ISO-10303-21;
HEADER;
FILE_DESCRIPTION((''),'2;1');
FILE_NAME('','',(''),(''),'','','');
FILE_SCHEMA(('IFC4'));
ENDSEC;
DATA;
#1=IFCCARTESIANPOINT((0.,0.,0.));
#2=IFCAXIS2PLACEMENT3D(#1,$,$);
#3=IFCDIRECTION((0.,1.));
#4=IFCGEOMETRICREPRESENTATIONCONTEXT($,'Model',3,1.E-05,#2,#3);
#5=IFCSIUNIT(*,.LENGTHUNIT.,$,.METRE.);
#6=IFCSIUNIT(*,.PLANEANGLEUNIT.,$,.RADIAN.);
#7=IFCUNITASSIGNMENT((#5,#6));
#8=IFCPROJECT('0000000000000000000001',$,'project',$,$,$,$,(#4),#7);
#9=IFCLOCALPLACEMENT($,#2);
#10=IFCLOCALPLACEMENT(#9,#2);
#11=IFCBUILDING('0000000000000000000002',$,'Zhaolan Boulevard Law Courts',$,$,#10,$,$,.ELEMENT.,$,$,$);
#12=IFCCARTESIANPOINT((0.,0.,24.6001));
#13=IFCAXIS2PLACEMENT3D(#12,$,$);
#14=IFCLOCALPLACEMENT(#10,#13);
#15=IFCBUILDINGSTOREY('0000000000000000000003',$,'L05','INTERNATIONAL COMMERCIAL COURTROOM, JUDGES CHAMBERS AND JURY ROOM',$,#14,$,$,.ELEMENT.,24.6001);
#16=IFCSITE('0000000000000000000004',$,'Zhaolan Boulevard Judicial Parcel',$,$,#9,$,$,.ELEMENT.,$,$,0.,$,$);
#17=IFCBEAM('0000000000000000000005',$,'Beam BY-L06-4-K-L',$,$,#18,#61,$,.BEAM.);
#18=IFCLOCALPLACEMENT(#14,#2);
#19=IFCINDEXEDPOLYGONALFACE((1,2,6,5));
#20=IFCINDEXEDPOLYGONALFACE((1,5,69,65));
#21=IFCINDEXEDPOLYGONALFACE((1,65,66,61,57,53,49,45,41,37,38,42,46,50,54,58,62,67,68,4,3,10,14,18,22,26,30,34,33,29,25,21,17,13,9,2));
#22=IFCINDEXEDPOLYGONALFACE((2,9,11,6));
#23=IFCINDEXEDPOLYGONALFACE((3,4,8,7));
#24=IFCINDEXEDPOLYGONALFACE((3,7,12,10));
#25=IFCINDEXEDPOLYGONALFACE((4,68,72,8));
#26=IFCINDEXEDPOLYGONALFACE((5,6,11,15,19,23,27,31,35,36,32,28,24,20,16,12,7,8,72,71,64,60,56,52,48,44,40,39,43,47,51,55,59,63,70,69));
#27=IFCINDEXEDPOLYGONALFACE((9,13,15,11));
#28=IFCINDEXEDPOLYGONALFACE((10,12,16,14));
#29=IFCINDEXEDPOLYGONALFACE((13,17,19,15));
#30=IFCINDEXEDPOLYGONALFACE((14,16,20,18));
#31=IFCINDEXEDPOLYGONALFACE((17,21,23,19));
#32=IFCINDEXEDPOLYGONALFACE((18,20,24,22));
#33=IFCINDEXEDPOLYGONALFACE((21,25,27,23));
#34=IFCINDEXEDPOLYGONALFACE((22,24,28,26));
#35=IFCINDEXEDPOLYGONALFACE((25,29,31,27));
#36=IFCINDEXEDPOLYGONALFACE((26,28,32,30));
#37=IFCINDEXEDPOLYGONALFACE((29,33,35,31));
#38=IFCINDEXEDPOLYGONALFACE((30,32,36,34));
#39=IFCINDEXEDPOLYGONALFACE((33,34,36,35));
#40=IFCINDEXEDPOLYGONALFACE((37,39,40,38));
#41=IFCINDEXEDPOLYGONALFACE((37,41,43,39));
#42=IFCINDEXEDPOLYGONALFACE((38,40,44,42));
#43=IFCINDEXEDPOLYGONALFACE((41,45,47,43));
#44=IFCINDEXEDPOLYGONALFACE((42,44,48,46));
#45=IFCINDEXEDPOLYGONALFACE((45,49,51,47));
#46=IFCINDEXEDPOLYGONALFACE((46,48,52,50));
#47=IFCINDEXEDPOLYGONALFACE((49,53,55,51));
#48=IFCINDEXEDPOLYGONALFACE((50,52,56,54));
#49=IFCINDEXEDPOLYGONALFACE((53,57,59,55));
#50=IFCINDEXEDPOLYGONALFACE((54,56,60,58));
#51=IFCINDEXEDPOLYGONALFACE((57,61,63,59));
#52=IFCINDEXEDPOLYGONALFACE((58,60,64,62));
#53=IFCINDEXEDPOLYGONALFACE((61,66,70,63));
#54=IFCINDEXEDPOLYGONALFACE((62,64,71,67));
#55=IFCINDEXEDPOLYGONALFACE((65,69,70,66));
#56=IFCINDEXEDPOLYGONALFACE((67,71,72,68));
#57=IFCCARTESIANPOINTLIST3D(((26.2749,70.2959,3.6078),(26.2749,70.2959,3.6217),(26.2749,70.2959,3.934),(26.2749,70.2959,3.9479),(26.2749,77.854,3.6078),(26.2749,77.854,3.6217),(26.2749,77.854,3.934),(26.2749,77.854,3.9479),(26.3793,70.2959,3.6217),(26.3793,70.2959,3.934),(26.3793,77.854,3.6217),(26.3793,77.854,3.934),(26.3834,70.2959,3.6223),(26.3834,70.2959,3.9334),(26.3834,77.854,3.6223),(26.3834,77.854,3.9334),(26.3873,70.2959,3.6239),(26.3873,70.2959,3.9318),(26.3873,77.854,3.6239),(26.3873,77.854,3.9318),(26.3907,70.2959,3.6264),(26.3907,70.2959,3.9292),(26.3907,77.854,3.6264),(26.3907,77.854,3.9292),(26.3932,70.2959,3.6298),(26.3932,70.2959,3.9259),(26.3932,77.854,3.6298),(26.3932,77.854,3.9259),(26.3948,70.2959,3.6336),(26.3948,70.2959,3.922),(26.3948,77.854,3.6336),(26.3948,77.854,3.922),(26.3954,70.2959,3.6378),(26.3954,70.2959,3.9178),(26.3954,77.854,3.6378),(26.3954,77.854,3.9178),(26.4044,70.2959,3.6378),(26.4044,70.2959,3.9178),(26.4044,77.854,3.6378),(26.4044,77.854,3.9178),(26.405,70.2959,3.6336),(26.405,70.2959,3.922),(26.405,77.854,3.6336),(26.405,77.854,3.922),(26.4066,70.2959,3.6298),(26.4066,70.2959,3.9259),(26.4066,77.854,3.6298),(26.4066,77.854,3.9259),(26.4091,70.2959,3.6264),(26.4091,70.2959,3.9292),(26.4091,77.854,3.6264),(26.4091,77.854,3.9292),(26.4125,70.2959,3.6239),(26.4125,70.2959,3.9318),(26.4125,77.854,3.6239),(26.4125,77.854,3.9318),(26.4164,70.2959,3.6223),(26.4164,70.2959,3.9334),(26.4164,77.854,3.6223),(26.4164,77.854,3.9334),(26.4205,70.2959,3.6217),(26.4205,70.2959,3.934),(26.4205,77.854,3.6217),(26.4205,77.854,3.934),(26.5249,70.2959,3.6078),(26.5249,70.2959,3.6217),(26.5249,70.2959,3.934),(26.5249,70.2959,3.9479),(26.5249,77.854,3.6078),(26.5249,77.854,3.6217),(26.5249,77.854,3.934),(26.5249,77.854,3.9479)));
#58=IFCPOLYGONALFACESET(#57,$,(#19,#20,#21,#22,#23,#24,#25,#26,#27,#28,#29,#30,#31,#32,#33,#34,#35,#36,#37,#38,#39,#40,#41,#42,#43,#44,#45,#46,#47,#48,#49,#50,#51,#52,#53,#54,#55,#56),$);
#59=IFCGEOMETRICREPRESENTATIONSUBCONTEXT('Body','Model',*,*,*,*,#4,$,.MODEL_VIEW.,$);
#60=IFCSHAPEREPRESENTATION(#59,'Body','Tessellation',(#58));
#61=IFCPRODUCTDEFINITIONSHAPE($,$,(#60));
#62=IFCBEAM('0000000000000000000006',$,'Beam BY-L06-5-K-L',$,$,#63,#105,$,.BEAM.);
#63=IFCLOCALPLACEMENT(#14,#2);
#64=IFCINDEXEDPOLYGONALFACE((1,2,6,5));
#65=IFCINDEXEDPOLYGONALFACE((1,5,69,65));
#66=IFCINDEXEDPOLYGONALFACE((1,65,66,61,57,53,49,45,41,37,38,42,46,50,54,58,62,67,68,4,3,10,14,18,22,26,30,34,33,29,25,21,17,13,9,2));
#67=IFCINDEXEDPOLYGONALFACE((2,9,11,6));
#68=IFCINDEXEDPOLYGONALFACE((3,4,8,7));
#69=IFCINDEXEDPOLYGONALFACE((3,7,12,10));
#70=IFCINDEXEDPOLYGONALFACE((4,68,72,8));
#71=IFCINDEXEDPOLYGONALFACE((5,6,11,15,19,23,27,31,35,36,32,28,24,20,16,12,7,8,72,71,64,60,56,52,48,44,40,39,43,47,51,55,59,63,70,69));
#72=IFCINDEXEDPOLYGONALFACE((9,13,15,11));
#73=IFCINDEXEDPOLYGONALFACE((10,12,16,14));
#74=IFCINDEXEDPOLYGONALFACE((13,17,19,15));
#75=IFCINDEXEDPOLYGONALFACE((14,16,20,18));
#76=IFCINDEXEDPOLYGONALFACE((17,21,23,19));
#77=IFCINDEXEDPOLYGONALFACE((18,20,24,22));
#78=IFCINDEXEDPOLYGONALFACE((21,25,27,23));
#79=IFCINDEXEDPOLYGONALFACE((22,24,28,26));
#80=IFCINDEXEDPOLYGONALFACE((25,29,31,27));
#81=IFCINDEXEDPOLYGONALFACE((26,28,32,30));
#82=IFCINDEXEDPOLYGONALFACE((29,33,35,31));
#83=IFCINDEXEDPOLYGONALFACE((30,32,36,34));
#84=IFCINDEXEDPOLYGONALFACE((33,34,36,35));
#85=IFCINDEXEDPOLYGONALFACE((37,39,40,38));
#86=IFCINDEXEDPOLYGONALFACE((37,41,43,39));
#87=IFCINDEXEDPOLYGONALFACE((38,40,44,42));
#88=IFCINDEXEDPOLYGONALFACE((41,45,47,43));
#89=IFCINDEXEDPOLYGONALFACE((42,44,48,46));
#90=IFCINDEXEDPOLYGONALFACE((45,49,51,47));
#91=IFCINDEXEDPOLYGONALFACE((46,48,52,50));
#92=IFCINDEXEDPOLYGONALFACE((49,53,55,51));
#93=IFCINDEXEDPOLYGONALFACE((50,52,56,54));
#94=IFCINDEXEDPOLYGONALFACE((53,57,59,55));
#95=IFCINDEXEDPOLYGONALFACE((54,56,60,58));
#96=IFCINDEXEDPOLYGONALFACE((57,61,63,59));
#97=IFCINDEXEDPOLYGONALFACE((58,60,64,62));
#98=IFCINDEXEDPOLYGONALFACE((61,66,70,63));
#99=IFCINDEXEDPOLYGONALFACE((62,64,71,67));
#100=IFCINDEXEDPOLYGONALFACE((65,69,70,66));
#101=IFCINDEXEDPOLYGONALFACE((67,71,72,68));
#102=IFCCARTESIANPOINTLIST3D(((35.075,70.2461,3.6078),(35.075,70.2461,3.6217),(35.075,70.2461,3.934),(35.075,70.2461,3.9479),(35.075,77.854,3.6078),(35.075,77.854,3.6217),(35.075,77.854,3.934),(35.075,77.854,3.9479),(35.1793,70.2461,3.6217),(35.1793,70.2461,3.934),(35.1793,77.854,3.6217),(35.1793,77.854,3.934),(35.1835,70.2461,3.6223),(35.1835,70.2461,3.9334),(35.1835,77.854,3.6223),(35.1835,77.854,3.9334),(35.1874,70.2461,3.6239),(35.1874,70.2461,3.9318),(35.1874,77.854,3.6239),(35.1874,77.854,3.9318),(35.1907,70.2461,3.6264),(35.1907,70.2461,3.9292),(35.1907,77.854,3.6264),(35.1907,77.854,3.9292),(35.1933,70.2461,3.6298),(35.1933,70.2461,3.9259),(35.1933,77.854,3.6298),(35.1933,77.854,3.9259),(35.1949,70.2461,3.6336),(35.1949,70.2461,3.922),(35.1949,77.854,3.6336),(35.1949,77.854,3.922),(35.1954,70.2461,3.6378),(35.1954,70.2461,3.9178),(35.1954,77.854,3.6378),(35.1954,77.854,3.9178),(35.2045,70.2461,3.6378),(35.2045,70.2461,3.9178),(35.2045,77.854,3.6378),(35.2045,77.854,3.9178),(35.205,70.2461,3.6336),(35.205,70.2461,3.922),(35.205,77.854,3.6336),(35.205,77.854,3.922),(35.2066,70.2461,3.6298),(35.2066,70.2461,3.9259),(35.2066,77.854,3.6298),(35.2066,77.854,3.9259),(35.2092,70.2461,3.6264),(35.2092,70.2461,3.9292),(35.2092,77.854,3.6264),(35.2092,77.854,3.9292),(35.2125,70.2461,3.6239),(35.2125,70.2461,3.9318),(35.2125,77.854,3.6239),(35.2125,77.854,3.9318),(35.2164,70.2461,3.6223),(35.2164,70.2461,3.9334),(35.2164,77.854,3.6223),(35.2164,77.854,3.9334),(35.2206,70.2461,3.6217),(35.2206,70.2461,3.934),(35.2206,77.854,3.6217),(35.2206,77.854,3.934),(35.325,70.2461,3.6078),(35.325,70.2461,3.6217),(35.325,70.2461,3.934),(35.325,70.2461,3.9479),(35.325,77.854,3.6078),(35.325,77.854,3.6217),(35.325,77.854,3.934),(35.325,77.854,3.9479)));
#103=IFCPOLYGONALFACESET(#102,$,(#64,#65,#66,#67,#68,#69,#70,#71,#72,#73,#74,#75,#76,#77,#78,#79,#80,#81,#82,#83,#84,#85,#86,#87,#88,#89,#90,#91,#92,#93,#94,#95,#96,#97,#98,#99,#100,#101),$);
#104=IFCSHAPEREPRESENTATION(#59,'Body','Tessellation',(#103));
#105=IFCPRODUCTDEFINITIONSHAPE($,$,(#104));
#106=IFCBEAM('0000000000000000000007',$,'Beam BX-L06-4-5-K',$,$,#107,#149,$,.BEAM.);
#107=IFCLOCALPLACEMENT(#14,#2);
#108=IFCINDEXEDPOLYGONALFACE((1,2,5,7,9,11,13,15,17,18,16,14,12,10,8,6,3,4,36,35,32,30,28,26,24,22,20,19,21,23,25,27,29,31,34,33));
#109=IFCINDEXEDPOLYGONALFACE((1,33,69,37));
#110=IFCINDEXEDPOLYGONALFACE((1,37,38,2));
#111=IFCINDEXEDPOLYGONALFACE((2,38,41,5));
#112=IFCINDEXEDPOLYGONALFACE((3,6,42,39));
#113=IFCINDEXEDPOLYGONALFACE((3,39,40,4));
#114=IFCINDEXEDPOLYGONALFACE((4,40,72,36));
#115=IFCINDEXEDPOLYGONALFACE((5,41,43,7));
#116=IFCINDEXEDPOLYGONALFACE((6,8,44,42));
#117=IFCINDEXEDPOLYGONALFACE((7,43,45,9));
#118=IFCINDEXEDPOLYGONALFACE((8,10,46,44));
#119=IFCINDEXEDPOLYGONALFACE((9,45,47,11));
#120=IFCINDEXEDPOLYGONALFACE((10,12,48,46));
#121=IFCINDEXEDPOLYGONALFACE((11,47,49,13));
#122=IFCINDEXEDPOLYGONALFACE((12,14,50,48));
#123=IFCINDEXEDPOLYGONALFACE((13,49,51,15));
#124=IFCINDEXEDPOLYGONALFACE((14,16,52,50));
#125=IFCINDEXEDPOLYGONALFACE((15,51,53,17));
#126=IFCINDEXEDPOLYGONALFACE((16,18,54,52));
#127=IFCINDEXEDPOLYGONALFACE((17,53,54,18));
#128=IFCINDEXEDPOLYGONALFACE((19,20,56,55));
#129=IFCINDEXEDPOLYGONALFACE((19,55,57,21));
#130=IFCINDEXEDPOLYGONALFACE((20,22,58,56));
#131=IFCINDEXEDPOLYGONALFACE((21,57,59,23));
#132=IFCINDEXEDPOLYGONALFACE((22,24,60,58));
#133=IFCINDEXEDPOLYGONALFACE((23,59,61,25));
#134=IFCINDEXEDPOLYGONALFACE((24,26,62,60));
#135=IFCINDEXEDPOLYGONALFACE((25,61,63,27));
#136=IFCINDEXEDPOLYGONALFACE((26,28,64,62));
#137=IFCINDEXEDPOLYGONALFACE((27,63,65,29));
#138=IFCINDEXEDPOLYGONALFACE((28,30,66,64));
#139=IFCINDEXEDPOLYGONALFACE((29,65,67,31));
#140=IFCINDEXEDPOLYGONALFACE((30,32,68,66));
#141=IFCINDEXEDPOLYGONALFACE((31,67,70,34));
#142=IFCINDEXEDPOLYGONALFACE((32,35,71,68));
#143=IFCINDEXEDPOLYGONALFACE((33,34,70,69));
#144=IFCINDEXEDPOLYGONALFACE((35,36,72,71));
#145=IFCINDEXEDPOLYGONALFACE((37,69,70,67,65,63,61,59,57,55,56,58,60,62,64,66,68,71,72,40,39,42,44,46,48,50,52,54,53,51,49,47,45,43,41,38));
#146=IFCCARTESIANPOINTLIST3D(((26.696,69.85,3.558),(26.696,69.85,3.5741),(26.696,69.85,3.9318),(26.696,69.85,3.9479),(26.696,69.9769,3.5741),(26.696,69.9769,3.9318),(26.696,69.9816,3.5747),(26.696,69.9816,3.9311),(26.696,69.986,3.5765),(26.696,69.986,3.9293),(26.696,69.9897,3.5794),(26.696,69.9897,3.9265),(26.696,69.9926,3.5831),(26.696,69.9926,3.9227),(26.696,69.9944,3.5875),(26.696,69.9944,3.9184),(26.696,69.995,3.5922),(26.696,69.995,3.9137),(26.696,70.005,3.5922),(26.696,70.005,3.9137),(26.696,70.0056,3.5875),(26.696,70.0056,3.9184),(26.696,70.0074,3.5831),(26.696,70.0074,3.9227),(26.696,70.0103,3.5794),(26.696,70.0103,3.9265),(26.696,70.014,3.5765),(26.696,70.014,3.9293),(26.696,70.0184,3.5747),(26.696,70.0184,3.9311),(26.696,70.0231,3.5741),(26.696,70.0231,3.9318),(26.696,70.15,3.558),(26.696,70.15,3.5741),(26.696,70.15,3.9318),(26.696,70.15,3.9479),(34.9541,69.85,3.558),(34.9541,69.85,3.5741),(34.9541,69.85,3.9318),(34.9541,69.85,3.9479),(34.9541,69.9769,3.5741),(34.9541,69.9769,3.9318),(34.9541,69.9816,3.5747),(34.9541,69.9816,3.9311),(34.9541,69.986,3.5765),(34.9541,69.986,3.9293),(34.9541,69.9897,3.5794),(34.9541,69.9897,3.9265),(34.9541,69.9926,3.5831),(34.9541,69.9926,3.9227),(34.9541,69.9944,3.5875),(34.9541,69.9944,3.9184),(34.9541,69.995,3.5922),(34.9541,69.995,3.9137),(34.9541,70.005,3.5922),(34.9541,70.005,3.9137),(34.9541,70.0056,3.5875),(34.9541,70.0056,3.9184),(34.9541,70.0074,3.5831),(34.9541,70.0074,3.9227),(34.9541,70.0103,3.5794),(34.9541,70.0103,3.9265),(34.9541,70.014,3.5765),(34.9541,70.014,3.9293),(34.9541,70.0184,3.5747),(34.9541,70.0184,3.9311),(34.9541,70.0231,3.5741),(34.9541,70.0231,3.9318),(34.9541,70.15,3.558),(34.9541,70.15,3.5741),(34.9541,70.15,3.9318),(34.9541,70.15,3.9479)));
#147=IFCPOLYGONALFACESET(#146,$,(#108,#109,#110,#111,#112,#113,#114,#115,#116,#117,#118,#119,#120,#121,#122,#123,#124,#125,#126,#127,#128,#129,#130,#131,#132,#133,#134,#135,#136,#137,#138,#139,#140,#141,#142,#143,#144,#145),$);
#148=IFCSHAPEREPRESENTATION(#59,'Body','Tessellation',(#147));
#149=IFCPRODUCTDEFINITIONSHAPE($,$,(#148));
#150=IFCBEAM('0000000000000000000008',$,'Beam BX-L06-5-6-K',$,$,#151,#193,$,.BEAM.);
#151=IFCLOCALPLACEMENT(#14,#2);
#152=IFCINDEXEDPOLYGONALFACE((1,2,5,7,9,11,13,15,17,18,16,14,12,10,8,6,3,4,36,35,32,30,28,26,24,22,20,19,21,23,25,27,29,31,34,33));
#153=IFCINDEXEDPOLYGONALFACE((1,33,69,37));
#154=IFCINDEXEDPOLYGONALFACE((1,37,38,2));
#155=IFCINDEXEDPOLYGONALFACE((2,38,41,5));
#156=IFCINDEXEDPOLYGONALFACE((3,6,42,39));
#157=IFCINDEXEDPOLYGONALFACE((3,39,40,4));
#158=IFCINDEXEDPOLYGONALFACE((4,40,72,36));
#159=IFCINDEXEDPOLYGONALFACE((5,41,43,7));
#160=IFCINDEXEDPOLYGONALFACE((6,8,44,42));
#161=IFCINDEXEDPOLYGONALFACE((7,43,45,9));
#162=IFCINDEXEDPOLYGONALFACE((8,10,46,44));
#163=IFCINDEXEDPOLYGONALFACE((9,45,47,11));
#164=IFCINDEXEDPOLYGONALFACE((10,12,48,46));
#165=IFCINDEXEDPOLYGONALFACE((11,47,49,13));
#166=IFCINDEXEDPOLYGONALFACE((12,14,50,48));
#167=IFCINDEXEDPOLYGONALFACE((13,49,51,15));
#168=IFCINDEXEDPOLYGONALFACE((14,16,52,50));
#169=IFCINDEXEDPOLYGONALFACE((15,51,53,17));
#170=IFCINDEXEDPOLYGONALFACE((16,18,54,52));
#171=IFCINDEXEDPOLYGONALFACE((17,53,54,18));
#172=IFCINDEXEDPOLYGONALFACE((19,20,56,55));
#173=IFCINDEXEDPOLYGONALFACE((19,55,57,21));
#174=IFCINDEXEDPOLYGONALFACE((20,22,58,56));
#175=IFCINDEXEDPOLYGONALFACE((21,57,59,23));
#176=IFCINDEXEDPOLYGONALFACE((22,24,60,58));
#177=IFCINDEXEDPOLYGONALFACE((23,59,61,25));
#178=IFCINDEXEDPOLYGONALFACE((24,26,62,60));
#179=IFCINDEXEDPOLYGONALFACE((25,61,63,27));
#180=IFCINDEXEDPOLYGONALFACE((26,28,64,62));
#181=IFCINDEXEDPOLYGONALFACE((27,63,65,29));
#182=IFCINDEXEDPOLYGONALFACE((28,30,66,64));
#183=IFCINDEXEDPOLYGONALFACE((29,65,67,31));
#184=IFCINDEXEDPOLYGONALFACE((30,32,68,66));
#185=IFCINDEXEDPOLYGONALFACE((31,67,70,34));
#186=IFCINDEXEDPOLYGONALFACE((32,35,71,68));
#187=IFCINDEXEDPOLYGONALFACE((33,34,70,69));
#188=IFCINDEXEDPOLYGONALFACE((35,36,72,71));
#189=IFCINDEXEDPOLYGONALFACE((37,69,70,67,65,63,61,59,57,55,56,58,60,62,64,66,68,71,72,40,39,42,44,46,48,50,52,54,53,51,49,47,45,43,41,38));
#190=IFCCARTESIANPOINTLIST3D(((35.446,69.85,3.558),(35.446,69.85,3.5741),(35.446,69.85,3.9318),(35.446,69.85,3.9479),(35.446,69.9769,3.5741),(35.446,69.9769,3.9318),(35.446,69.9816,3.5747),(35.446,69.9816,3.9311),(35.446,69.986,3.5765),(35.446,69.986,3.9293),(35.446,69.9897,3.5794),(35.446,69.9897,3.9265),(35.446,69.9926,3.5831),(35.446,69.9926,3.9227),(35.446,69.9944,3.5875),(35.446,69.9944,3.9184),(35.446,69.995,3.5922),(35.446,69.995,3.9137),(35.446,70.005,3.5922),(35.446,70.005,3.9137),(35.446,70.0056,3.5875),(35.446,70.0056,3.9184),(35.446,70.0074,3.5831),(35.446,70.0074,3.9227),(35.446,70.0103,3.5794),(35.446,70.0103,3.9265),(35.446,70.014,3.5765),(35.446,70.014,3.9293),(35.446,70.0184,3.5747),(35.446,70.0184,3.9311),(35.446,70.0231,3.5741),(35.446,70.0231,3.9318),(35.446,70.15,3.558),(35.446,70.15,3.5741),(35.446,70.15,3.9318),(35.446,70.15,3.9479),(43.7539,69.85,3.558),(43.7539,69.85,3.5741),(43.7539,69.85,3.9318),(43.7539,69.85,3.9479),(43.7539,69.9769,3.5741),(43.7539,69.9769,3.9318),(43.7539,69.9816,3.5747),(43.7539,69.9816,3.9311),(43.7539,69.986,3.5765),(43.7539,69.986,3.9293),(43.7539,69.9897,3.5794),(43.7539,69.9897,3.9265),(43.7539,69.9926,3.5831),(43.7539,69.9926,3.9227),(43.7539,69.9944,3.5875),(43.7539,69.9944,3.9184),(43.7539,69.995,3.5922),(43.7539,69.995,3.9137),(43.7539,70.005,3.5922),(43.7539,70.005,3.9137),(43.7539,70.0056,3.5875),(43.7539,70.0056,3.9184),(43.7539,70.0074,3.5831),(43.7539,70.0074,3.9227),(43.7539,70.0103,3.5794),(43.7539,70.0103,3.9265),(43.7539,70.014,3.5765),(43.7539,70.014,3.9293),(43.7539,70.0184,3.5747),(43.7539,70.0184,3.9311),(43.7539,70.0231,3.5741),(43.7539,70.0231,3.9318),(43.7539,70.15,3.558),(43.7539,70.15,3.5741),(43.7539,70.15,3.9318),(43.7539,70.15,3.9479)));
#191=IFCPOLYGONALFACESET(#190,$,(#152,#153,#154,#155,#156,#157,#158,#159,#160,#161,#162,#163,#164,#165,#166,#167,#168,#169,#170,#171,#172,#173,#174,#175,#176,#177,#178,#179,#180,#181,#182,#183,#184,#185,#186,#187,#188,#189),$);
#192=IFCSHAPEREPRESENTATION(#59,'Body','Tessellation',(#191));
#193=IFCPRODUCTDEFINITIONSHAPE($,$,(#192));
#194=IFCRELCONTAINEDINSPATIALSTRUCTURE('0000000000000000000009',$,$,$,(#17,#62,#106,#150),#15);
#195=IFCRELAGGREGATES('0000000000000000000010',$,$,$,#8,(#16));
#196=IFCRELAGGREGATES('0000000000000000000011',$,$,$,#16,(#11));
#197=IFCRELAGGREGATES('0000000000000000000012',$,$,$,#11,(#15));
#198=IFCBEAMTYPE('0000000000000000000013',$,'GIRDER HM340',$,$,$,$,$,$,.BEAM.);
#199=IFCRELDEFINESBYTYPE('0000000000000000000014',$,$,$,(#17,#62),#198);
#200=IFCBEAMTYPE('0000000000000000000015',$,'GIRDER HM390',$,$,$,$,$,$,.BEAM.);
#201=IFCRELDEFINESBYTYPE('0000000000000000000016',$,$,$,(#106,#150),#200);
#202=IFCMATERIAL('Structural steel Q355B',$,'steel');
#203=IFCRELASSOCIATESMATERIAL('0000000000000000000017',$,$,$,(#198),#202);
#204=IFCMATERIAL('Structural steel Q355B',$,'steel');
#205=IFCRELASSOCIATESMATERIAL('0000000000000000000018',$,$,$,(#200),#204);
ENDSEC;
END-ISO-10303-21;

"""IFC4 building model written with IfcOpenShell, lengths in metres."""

from ifc_helpers import new_model, si_unit, direction, frame, origin, origin_2d, place, context, subcontext, project, spatial, i_section, extrude, material, material_profile, profile_set, type_object, element, save


model = new_model("IFC4")

# Units and contexts
model_context = context("Model", 3, precision=1e-05, world=origin(), true_north=direction((0.0, 1.0)))
body_context = subcontext(model_context, "Body", "Model", "MODEL_VIEW")
ifc_project = project(units=[si_unit("LENGTHUNIT", "METRE"), si_unit("PLANEANGLEUNIT", "RADIAN")], contexts=[model_context])

# Site, building, storey
site_placement = place(None, origin())
site = spatial("IfcSite", under=ifc_project, at=site_placement, Name="Zhaolan Boulevard Judicial Parcel", CompositionType="ELEMENT", RefElevation=0.0)
building_placement = place(site_placement, origin())
building = spatial("IfcBuilding", under=site, at=building_placement, Name="Zhaolan Boulevard Law Courts", CompositionType="ELEMENT")
storey_placement = place(building_placement, frame((0.0, 0.0, 24.6001)))
storey = spatial("IfcBuildingStorey", under=building, at=storey_placement, Name="L05", Description="INTERNATIONAL COMMERCIAL COURTROOM, JUDGES CHAMBERS AND JURY ROOM", CompositionType="ELEMENT", Elevation=24.6001)

# Beams
ifc_material_1 = material(Name="Structural steel Q355B", Category="steel")
ifc_material_profile_1 = material_profile(ifc_material_1, i_section(OverallWidth=0.25, OverallDepth=0.3401, WebThickness=0.009, FlangeThickness=0.0139, FilletRadius=0.0161, at=origin_2d()), Name="HM340x250")
ifc_profile_set_1 = profile_set([ifc_material_profile_1], Name="Structural steel Q355B")
beam_type_1 = type_object("IfcBeamType", Name="GIRDER HM340", PredefinedType="BEAM", material=ifc_profile_set_1)
beam_1_placement = place(storey_placement, frame((26.3999, 70.2959, 3.7778), z_axis=(0.0, 1.0, 0.0), x_axis=(-1.0, 0.0, 0.0)))
element("IfcBeam", 1, at=beam_1_placement, inside=storey, type_object=beam_type_1, Name="Beam BY-L06-4-K-L", PredefinedType="BEAM", context=body_context, shape_type="SweptSolid", body=[
    extrude(i_section(OverallWidth=0.25, OverallDepth=0.3401, WebThickness=0.009, FlangeThickness=0.0139, FilletRadius=0.0161, at=origin_2d()), origin(), (0.0, 0.0, 1.0), 7.5581),
])
beam_2_placement = place(storey_placement, frame((35.2, 70.2461, 3.7778), z_axis=(0.0, 1.0, 0.0), x_axis=(-1.0, 0.0, 0.0)))
element("IfcBeam", 2, at=beam_2_placement, inside=storey, type_object=beam_type_1, Name="Beam BY-L06-5-K-L", PredefinedType="BEAM", context=body_context, shape_type="SweptSolid", body=[
    extrude(i_section(OverallWidth=0.25, OverallDepth=0.3401, WebThickness=0.009, FlangeThickness=0.0139, FilletRadius=0.0161, at=origin_2d()), origin(), (0.0, 0.0, 1.0), 7.6079),
])
ifc_material_2 = material(Name="Structural steel Q355B", Category="steel")
ifc_material_profile_2 = material_profile(ifc_material_2, i_section(OverallWidth=0.3, OverallDepth=0.3899, WebThickness=0.01, FlangeThickness=0.0161, FilletRadius=0.0181, at=origin_2d()), Name="HM390x300")
ifc_profile_set_2 = profile_set([ifc_material_profile_2], Name="Structural steel Q355B")
beam_type_2 = type_object("IfcBeamType", Name="GIRDER HM390", PredefinedType="BEAM", material=ifc_profile_set_2)
beam_3_placement = place(storey_placement, frame((26.696, 70.0, 3.7529), z_axis=(1.0, 0.0, 0.0), x_axis=(0.0, 1.0, 0.0)))
element("IfcBeam", 3, at=beam_3_placement, inside=storey, type_object=beam_type_2, Name="Beam BX-L06-4-5-K", PredefinedType="BEAM", context=body_context, shape_type="SweptSolid", body=[
    extrude(i_section(OverallWidth=0.3, OverallDepth=0.3899, WebThickness=0.01, FlangeThickness=0.0161, FilletRadius=0.0181, at=origin_2d()), origin(), (0.0, 0.0, 1.0), 8.2581),
])
beam_4_placement = place(storey_placement, frame((35.446, 70.0, 3.7529), z_axis=(1.0, 0.0, 0.0), x_axis=(0.0, 1.0, 0.0)))
element("IfcBeam", 4, at=beam_4_placement, inside=storey, type_object=beam_type_2, Name="Beam BX-L06-5-6-K", PredefinedType="BEAM", context=body_context, shape_type="SweptSolid", body=[
    extrude(i_section(OverallWidth=0.3, OverallDepth=0.3899, WebThickness=0.01, FlangeThickness=0.0161, FilletRadius=0.0181, at=origin_2d()), origin(), (0.0, 0.0, 1.0), 8.3079),
])

save(model, "model.ifc")
